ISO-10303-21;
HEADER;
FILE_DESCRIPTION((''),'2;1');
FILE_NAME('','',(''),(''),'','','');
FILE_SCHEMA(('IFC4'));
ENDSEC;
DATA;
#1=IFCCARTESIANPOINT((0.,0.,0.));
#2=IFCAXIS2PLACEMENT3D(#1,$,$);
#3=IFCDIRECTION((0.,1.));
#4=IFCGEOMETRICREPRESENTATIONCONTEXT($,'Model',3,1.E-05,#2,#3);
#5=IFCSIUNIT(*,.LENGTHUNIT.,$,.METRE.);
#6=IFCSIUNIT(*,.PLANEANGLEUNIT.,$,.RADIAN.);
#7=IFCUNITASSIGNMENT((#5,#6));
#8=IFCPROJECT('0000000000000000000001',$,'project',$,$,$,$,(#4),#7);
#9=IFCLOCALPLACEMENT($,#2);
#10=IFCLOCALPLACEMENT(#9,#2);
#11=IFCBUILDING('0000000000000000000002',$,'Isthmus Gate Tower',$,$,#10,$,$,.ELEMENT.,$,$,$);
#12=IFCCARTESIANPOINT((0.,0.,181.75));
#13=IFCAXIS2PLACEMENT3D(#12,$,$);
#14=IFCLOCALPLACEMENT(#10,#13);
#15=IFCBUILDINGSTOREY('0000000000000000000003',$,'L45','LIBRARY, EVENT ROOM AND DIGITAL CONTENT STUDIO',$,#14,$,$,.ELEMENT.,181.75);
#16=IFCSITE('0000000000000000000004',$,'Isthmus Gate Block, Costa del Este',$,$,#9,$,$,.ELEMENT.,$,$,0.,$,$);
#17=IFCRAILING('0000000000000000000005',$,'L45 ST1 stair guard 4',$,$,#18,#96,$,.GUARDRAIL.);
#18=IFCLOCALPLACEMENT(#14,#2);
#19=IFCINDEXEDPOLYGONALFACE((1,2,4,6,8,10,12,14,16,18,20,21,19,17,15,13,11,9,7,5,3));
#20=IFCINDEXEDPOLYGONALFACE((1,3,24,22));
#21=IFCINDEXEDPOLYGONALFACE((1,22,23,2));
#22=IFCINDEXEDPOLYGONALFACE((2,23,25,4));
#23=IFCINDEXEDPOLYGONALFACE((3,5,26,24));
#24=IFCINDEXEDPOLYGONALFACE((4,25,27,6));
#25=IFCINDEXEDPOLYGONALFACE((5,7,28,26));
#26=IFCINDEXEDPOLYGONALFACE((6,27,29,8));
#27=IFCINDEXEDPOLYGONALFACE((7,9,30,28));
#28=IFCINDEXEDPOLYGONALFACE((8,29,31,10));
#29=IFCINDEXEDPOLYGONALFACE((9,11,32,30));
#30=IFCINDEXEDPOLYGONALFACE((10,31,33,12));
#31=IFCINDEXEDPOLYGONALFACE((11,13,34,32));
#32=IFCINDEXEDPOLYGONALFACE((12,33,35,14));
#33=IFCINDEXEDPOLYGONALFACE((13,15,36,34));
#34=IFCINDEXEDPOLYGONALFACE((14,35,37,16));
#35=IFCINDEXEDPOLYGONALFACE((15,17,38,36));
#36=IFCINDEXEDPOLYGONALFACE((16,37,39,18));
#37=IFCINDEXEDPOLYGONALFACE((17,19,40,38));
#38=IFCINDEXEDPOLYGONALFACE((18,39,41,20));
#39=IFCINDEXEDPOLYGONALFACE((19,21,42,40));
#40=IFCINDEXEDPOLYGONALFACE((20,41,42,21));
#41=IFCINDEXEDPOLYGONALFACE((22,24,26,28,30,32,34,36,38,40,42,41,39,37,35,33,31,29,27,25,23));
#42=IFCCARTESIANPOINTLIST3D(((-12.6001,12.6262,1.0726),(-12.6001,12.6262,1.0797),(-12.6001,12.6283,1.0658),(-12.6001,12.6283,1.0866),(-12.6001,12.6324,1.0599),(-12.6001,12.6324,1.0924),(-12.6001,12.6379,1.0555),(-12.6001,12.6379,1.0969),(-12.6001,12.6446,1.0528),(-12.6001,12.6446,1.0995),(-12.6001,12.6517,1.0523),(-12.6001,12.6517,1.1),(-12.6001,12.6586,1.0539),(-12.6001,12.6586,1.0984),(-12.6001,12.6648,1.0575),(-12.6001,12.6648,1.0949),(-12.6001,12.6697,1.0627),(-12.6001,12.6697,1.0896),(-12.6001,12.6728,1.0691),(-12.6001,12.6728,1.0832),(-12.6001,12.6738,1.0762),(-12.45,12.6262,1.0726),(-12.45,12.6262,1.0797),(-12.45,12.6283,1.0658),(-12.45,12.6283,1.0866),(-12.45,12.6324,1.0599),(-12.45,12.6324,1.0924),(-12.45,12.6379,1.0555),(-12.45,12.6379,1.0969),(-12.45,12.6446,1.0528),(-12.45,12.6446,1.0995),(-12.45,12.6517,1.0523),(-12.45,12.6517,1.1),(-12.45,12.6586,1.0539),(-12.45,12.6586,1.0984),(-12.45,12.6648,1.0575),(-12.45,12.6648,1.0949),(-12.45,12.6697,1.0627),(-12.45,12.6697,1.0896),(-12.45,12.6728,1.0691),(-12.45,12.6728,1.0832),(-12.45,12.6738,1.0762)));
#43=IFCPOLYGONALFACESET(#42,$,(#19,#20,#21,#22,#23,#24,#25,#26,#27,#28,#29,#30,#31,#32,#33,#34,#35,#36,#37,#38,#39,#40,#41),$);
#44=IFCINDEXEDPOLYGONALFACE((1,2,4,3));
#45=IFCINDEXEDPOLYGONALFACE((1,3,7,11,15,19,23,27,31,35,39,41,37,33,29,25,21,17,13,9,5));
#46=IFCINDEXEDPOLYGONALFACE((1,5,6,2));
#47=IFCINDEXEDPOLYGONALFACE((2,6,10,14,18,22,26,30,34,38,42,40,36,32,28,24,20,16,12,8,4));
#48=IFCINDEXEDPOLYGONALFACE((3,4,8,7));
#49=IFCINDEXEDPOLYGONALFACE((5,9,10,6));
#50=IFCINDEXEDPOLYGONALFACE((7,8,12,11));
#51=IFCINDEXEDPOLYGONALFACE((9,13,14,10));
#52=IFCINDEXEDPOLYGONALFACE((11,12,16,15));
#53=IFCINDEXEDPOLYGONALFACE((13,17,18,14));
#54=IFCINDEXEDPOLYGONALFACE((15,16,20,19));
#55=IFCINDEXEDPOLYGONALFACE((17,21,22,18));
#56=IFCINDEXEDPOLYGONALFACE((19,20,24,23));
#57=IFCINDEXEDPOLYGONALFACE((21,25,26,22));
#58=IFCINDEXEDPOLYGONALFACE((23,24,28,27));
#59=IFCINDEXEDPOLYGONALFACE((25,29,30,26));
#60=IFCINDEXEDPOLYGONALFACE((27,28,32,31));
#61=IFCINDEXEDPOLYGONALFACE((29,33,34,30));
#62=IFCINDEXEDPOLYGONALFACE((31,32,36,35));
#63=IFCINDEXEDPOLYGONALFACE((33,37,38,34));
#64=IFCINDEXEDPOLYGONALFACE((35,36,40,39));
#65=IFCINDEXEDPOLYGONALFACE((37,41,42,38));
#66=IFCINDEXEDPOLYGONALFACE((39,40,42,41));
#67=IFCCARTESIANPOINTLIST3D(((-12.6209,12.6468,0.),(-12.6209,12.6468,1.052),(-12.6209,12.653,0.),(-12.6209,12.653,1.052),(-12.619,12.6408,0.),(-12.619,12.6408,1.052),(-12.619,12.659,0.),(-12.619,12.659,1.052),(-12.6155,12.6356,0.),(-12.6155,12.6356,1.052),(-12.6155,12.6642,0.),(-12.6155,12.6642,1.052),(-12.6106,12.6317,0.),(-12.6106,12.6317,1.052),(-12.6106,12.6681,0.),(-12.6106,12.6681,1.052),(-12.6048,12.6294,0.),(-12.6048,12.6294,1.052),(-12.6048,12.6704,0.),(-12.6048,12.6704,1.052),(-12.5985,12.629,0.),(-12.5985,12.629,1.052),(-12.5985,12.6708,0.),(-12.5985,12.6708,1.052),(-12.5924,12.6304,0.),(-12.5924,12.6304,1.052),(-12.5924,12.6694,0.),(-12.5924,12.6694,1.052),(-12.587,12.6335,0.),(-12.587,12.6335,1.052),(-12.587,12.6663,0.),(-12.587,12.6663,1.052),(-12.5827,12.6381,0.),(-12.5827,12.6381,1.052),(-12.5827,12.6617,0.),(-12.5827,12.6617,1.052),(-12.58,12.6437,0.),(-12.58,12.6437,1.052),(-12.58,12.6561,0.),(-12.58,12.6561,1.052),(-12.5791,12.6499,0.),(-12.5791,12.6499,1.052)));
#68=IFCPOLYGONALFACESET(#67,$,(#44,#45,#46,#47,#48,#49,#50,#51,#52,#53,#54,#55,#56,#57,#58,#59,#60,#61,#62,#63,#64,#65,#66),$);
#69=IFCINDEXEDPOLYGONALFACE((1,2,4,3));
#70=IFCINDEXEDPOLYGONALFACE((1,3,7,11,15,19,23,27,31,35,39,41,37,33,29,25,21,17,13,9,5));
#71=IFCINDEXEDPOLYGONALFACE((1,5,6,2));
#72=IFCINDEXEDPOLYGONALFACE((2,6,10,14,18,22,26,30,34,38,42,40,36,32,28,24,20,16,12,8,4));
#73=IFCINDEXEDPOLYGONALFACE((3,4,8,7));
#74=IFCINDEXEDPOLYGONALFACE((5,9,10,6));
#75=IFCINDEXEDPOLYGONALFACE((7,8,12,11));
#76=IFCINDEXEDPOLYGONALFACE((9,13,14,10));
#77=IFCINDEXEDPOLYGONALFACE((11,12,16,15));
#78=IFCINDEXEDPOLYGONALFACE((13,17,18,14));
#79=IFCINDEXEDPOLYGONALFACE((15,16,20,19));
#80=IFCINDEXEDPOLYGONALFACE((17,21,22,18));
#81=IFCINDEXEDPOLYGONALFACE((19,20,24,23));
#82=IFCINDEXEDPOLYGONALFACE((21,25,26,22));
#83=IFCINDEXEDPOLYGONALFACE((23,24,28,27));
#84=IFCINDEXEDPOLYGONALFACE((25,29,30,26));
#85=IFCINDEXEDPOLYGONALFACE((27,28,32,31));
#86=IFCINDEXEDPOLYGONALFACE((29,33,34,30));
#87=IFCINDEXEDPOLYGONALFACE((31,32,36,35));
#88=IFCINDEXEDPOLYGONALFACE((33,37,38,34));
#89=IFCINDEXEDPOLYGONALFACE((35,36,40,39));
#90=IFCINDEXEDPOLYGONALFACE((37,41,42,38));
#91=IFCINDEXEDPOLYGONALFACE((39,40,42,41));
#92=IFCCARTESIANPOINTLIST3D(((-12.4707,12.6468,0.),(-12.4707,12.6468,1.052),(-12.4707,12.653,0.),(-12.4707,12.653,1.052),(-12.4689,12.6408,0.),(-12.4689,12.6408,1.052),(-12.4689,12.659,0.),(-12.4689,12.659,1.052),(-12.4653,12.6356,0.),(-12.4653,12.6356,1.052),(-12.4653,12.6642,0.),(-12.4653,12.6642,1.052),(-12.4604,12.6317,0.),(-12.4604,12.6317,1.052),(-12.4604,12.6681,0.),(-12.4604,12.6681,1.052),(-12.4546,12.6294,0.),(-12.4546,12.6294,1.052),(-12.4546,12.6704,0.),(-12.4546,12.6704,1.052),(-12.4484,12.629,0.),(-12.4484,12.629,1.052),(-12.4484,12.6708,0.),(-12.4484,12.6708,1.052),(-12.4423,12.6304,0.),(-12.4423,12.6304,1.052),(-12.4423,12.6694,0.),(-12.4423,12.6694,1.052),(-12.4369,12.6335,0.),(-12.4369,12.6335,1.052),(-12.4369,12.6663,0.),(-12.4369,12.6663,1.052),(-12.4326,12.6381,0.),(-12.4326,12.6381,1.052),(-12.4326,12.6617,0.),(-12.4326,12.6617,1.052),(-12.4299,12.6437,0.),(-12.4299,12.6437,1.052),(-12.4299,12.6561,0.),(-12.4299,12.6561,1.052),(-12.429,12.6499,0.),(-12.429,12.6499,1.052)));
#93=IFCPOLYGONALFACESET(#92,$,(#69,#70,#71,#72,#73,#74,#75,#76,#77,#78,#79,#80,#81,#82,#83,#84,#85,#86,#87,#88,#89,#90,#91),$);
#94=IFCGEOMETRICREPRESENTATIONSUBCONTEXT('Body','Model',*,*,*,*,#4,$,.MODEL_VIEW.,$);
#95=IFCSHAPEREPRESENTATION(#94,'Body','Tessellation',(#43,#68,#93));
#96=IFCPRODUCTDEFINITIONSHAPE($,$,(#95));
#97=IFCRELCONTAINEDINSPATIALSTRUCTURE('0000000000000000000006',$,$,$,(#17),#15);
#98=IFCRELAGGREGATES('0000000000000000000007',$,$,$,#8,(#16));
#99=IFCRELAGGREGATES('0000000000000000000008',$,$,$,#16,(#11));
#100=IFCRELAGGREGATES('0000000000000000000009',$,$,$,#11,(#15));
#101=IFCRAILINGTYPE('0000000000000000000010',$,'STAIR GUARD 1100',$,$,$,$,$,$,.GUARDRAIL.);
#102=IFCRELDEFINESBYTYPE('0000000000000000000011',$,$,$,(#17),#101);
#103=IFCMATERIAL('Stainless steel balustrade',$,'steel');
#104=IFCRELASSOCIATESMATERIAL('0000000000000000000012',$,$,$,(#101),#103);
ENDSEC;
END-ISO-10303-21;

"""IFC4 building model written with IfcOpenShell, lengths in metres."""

from ifc_helpers import new_model, si_unit, direction, frame, origin, origin_2d, place, context, subcontext, project, spatial, circle, extrude, material, type_object, element, save


model = new_model("IFC4")

# Units and contexts
model_context = context("Model", 3, precision=1e-05, world=origin(), true_north=direction((0.0, 1.0)))
body_context = subcontext(model_context, "Body", "Model", "MODEL_VIEW")
ifc_project = project(units=[si_unit("LENGTHUNIT", "METRE"), si_unit("PLANEANGLEUNIT", "RADIAN")], contexts=[model_context])

# Site, building, storey
site_placement = place(None, origin())
site = spatial("IfcSite", under=ifc_project, at=site_placement, Name="Isthmus Gate Block, Costa del Este", CompositionType="ELEMENT", RefElevation=0.0)
building_placement = place(site_placement, origin())
building = spatial("IfcBuilding", under=site, at=building_placement, Name="Isthmus Gate Tower", CompositionType="ELEMENT")
storey_placement = place(building_placement, frame((0.0, 0.0, 181.75)))
storey = spatial("IfcBuildingStorey", under=building, at=storey_placement, Name="L45", Description="LIBRARY, EVENT ROOM AND DIGITAL CONTENT STUDIO", CompositionType="ELEMENT", Elevation=181.75)

# Railing
ifc_material_1 = material(Name="Stainless steel balustrade", Category="steel")
railing_type_1 = type_object("IfcRailingType", Name="STAIR GUARD 1100", PredefinedType="GUARDRAIL", material=ifc_material_1)
railing_1_placement = place(storey_placement, frame((-12.6001, 12.6499, 0.0)))
element("IfcRailing", 1, at=railing_1_placement, inside=storey, type_object=railing_type_1, Name="L45 ST1 stair guard 4", PredefinedType="GUARDRAIL", context=body_context, shape_type="SweptSolid", body=[
    extrude(circle(Radius=0.0239, at=origin_2d()), frame((0.0, 0.0, 1.0762), z_axis=(1.0, 0.0, 0.0), x_axis=(0.0, 1.0, 0.0)), (0.0, 0.0, 1.0), 0.1501),
    extrude(circle(Radius=0.021, at=origin_2d()), origin(), (0.0, 0.0, 1.0), 1.052),
    extrude(circle(Radius=0.021, at=origin_2d()), frame((0.1501, 0.0, 0.0)), (0.0, 0.0, 1.0), 1.052),
])

save(model, "model.ifc")
